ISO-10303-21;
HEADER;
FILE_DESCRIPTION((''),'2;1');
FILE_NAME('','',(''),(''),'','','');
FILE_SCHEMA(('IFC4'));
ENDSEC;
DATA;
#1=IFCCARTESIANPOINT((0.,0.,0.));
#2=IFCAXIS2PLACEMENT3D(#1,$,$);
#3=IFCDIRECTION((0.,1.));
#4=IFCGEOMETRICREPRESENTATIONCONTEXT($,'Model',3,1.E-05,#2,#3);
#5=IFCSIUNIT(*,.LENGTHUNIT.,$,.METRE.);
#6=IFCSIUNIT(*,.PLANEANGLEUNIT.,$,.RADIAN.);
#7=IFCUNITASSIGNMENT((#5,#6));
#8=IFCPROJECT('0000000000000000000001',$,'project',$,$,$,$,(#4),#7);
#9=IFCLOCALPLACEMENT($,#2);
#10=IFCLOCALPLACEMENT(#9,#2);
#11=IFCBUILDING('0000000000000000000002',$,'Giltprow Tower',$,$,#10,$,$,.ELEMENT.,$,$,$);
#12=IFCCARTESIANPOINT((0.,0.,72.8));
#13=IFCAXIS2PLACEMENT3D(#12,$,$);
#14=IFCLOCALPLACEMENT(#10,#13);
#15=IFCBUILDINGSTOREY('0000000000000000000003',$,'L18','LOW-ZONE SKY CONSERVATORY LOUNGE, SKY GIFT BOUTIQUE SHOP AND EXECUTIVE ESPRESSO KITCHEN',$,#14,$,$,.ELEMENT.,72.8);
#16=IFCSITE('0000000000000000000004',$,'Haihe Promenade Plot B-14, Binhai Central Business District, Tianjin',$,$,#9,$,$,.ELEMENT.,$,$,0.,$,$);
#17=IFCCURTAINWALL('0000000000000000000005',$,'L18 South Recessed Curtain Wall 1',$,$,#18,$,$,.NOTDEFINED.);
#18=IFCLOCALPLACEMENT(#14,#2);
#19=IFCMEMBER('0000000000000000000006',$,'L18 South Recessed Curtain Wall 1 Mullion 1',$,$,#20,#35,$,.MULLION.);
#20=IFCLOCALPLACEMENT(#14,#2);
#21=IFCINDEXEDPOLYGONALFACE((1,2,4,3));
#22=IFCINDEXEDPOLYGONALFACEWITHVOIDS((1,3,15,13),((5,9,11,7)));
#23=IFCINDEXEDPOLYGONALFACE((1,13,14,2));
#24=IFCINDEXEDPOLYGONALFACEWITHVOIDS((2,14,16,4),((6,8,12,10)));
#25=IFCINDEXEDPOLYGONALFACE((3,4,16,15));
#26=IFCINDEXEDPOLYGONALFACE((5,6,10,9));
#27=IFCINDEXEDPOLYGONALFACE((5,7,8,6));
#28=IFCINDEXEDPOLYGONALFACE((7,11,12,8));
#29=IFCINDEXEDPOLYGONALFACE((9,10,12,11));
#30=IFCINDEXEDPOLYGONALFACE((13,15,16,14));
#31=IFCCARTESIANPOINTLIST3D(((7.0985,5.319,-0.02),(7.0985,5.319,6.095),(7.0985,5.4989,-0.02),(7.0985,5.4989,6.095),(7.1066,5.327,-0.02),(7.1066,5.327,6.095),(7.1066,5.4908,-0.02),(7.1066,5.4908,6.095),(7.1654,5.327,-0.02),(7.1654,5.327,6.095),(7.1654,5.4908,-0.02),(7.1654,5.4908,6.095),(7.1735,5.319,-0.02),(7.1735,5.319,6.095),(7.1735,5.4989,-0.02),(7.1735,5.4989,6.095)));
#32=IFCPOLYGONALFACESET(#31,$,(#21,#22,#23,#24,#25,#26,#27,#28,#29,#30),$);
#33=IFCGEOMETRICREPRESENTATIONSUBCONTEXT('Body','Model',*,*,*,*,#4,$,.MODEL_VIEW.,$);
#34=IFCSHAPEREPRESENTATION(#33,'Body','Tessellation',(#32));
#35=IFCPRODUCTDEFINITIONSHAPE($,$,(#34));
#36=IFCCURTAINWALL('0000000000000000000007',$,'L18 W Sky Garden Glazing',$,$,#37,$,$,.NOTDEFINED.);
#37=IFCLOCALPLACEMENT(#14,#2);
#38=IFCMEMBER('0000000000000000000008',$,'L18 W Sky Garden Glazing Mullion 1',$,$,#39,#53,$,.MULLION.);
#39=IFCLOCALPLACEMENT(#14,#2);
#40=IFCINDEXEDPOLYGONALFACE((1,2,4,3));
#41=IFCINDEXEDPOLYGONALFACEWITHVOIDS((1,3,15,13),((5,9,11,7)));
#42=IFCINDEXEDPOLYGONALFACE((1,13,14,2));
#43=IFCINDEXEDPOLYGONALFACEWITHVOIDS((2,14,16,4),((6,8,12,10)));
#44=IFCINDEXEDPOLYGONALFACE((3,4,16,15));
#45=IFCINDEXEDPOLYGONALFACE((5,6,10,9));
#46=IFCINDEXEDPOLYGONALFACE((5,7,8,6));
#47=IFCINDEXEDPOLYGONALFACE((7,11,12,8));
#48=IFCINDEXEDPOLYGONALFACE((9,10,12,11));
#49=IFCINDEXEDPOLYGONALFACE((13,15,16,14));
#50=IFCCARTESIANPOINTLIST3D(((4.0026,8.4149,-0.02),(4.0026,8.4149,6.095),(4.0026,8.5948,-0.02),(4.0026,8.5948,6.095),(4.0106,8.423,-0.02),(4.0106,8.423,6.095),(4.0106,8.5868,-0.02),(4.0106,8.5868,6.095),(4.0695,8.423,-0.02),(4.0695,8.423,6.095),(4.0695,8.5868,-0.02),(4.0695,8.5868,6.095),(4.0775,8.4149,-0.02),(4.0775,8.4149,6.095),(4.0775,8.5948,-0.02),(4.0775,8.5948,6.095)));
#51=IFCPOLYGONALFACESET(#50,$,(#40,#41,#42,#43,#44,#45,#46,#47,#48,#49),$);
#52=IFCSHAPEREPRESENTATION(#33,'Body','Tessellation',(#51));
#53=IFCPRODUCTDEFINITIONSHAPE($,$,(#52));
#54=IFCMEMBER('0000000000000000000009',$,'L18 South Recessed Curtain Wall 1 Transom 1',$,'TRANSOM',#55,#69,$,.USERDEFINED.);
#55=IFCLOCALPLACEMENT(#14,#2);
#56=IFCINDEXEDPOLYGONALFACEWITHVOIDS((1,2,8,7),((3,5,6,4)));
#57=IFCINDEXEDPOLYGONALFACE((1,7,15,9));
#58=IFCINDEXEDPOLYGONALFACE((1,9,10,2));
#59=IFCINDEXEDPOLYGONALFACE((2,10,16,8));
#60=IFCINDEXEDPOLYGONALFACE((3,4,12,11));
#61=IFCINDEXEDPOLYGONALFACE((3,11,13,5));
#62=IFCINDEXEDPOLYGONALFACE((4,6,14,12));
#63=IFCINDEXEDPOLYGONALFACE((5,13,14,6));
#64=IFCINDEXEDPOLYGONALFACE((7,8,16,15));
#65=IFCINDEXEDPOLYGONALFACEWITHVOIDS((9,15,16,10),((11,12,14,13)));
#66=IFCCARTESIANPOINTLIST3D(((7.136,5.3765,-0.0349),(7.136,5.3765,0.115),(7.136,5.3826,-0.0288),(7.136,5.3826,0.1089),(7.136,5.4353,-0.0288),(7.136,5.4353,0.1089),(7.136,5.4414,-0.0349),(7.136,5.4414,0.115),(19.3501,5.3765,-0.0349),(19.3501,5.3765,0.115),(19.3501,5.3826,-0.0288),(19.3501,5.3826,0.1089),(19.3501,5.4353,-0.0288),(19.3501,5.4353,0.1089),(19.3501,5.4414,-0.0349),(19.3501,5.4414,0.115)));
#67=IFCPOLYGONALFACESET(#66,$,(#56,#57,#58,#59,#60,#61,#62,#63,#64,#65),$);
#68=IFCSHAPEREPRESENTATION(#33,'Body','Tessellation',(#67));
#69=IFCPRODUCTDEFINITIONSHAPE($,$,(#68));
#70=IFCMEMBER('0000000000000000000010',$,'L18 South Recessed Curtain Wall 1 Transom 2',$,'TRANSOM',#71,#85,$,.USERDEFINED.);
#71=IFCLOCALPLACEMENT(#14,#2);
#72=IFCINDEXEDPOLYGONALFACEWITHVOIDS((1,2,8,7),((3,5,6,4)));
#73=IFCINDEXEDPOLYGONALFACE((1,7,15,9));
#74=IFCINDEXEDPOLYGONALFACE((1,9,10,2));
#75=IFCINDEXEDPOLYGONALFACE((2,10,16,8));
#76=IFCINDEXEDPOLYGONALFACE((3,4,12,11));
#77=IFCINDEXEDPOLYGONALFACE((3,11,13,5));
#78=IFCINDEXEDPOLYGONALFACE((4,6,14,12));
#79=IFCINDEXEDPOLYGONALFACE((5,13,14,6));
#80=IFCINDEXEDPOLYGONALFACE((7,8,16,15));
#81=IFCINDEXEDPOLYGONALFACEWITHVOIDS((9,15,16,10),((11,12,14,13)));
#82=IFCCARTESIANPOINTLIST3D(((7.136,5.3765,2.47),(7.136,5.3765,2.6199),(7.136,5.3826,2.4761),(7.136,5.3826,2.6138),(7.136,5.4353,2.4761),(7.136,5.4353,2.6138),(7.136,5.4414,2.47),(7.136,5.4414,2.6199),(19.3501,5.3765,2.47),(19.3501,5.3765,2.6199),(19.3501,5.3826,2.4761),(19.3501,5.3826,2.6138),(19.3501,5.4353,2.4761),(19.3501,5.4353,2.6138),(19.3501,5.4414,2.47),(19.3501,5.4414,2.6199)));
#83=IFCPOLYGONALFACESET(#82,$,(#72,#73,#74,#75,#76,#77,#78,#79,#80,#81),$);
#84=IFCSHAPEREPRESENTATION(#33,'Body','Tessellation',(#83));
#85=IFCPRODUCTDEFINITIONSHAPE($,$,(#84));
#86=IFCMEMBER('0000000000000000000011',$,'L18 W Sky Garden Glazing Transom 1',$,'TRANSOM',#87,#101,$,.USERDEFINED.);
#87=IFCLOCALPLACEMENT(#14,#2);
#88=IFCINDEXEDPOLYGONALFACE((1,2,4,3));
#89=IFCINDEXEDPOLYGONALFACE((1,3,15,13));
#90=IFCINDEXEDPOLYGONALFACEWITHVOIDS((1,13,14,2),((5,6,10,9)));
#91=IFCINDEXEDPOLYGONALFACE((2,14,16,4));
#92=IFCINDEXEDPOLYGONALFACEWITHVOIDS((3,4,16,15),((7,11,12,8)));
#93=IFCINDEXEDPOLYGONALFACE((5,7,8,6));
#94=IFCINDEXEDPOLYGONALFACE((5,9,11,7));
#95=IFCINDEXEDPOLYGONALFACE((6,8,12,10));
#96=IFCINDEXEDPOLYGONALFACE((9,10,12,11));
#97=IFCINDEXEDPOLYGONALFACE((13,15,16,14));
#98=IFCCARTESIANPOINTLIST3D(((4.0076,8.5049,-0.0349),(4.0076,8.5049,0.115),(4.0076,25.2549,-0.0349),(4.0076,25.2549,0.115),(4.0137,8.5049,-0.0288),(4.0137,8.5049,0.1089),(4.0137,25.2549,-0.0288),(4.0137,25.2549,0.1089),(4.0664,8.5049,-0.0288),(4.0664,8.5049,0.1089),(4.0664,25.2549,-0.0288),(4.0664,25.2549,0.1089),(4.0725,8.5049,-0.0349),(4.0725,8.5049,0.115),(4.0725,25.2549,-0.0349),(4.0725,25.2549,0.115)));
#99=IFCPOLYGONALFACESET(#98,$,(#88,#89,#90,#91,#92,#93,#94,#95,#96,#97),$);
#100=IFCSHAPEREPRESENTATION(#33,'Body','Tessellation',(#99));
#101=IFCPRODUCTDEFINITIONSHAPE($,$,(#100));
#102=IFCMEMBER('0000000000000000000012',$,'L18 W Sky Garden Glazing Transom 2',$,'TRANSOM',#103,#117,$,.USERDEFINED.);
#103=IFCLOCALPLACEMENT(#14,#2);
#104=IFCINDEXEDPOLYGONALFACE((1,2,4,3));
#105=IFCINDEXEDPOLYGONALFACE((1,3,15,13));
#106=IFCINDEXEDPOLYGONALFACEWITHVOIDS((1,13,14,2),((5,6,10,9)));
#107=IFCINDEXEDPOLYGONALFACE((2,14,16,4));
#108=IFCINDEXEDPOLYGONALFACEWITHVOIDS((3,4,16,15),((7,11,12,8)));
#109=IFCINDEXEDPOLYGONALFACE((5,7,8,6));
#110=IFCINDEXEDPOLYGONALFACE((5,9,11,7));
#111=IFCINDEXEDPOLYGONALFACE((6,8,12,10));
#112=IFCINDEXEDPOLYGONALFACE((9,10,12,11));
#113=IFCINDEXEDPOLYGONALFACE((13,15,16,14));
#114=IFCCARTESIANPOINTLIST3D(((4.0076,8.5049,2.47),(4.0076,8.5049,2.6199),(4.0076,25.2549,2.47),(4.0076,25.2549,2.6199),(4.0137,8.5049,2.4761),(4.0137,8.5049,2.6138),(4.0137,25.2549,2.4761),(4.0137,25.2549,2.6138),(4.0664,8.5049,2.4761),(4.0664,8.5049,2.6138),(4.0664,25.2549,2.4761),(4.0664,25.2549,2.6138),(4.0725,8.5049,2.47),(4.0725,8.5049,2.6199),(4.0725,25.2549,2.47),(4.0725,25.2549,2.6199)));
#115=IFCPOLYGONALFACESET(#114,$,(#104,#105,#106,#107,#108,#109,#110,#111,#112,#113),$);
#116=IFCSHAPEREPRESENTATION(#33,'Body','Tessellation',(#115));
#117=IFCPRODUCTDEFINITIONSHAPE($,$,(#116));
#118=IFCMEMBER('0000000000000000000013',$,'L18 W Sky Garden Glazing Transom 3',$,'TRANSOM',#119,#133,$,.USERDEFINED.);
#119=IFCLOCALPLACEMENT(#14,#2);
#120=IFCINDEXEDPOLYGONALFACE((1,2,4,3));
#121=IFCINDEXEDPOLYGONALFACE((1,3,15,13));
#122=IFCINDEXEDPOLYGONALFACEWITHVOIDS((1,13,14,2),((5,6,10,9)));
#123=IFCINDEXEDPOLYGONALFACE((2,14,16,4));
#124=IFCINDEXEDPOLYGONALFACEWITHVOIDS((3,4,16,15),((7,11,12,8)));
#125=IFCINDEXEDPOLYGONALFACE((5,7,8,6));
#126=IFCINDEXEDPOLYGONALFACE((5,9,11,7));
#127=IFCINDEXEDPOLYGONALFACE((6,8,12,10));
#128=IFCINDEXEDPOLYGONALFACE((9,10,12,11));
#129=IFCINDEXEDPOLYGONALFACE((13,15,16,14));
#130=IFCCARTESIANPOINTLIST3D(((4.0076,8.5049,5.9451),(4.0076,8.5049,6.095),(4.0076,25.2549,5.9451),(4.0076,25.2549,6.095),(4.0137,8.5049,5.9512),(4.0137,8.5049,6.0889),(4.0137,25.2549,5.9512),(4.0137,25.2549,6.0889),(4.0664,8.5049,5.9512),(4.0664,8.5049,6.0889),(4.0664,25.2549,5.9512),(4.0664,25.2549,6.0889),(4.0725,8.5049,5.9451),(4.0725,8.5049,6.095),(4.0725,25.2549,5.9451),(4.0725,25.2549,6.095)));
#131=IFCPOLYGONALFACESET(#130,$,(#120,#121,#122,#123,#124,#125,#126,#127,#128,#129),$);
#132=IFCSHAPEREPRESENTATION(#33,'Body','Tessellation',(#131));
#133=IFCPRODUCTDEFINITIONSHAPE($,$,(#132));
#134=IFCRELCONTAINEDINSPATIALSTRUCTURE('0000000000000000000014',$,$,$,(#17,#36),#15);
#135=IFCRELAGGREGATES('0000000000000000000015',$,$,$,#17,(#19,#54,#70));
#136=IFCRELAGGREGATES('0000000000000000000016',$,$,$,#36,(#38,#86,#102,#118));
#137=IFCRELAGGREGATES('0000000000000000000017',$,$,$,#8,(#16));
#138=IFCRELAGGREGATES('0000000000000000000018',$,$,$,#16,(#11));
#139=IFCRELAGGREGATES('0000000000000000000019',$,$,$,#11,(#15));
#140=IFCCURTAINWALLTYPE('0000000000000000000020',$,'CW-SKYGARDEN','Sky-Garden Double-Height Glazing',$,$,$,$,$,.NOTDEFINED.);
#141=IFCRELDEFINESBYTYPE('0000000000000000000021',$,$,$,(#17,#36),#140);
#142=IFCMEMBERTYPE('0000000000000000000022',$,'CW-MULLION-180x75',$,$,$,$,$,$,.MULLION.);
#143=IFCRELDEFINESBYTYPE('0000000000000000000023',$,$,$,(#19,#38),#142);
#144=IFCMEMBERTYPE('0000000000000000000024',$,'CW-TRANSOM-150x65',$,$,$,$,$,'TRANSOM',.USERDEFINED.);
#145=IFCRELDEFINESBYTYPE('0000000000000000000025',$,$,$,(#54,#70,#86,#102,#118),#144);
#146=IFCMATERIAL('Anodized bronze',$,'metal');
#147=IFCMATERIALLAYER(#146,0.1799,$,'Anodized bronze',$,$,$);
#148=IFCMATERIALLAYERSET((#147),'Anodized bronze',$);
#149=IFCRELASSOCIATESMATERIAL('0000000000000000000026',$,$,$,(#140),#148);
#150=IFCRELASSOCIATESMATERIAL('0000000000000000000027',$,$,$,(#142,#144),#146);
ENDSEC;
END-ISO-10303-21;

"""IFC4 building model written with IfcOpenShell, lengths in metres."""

from ifc_helpers import new_model, si_unit, direction, frame, origin, origin_2d, place, context, subcontext, project, spatial, hollow_rectangle, extrude, source, transform, mapped, material, layer, layer_set, material_profile, profile_set, type_object, element, aggregate, save


model = new_model("IFC4")

# Units and contexts
model_context = context("Model", 3, precision=1e-05, world=origin(), true_north=direction((0.0, 1.0)))
body_context = subcontext(model_context, "Body", "Model", "MODEL_VIEW")
ifc_project = project(units=[si_unit("LENGTHUNIT", "METRE"), si_unit("PLANEANGLEUNIT", "RADIAN")], contexts=[model_context])

# Site, building, storey
site_placement = place(None, origin())
site = spatial("IfcSite", under=ifc_project, at=site_placement, Name="Haihe Promenade Plot B-14, Binhai Central Business District, Tianjin", CompositionType="ELEMENT", RefElevation=0.0)
building_placement = place(site_placement, origin())
building = spatial("IfcBuilding", under=site, at=building_placement, Name="Giltprow Tower", CompositionType="ELEMENT")
storey_placement = place(building_placement, frame((0.0, 0.0, 72.8)))
storey = spatial("IfcBuildingStorey", under=building, at=storey_placement, Name="L18", Description="LOW-ZONE SKY CONSERVATORY LOUNGE, SKY GIFT BOUTIQUE SHOP AND EXECUTIVE ESPRESSO KITCHEN", CompositionType="ELEMENT", Elevation=72.8)

# Curtain walls, members
ifc_material_1 = material(Name="Anodized bronze", Category="metal")
ifc_layer_1 = layer(ifc_material_1, 0.1799, Name="Anodized bronze")
ifc_layer_set_1 = layer_set([ifc_layer_1], Name="Anodized bronze")
curtain_wall_type = type_object("IfcCurtainWallType", Name="CW-SKYGARDEN", Description="Sky-Garden Double-Height Glazing", PredefinedType="NOTDEFINED", material=ifc_layer_set_1)
curtain_wall_1_placement = place(storey_placement, origin())
curtain_wall_1 = element("IfcCurtainWall", 1, at=curtain_wall_1_placement, inside=storey, type_object=curtain_wall_type, Name="L18 South Recessed Curtain Wall 1", PredefinedType="NOTDEFINED")
ifc_material_profile_1 = material_profile(ifc_material_1, hollow_rectangle(XDim=0.075, YDim=0.1799, WallThickness=0.0081, at=origin_2d()), Name="RHS 180x75x8")
ifc_profile_set_1 = profile_set([ifc_material_profile_1], Name="Anodized bronze")
member_type_1 = type_object("IfcMemberType", Name="CW-MULLION-180x75", PredefinedType="MULLION", material=ifc_profile_set_1)
shared_shape_1 = source(origin(), body_context, "Body", "SweptSolid", [
    extrude(hollow_rectangle(XDim=0.075, YDim=0.1799, WallThickness=0.0081, at=origin_2d()), origin(), (0.0, 0.0, 1.0), 6.115),
])
member_1_placement = place(storey_placement, frame((7.136, 5.4089, -0.02), z_axis=(0.0, 0.0, 1.0), x_axis=(1.0, 0.0, 0.0)))
member_1 = element("IfcMember", 2, at=member_1_placement, type_object=member_type_1, Name="L18 South Recessed Curtain Wall 1 Mullion 1", PredefinedType="MULLION", context=body_context, shape_type="MappedRepresentation", body=[
    mapped(shared_shape_1, transform((0.0, 0.0, 0.0), x_axis=(1.0, 0.0, 0.0), y_axis=(0.0, 1.0, 0.0), z_axis=(0.0, 0.0, 1.0), scale=1.0)),
])
curtain_wall_2_placement = place(storey_placement, origin())
curtain_wall_2 = element("IfcCurtainWall", 3, at=curtain_wall_2_placement, inside=storey, type_object=curtain_wall_type, Name="L18 W Sky Garden Glazing", PredefinedType="NOTDEFINED")
member_2_placement = place(storey_placement, frame((4.04, 8.5049, -0.02), z_axis=(0.0, 0.0, 1.0), x_axis=(1.0, 0.0, 0.0)))
member_2 = element("IfcMember", 4, at=member_2_placement, type_object=member_type_1, Name="L18 W Sky Garden Glazing Mullion 1", PredefinedType="MULLION", context=body_context, shape_type="MappedRepresentation", body=[
    mapped(shared_shape_1, transform((0.0, 0.0, 0.0), x_axis=(1.0, 0.0, 0.0), y_axis=(0.0, 1.0, 0.0), z_axis=(0.0, 0.0, 1.0), scale=1.0)),
])

# Members
ifc_material_profile_2 = material_profile(ifc_material_1, hollow_rectangle(XDim=0.0649, YDim=0.1499, WallThickness=0.0061, at=origin_2d()), Name="RHS 150x65x6")
ifc_profile_set_2 = profile_set([ifc_material_profile_2], Name="Anodized bronze")
member_type_2 = type_object("IfcMemberType", Name="CW-TRANSOM-150x65", ElementType="TRANSOM", PredefinedType="USERDEFINED", material=ifc_profile_set_2)
shared_shape_2 = source(origin(), body_context, "Body", "SweptSolid", [
    extrude(hollow_rectangle(XDim=0.0649, YDim=0.1499, WallThickness=0.0061, at=origin_2d()), origin(), (0.0, 0.0, 1.0), 12.2141),
])
member_3_placement = place(storey_placement, frame((7.136, 5.4089, 0.04), z_axis=(1.0, 0.0, 0.0), x_axis=(0.0, 1.0, 0.0)))
member_3 = element("IfcMember", 5, at=member_3_placement, type_object=member_type_2, Name="L18 South Recessed Curtain Wall 1 Transom 1", ObjectType="TRANSOM", PredefinedType="USERDEFINED", context=body_context, shape_type="MappedRepresentation", body=[
    mapped(shared_shape_2, transform((0.0, 0.0, 0.0), x_axis=(1.0, 0.0, 0.0), y_axis=(0.0, 1.0, 0.0), z_axis=(0.0, 0.0, 1.0), scale=1.0)),
])
member_4_placement = place(storey_placement, frame((7.136, 5.4089, 2.5449), z_axis=(1.0, 0.0, 0.0), x_axis=(0.0, 1.0, 0.0)))
member_4 = element("IfcMember", 6, at=member_4_placement, type_object=member_type_2, Name="L18 South Recessed Curtain Wall 1 Transom 2", ObjectType="TRANSOM", PredefinedType="USERDEFINED", context=body_context, shape_type="MappedRepresentation", body=[
    mapped(shared_shape_2, transform((0.0, 0.0, 0.0), x_axis=(1.0, 0.0, 0.0), y_axis=(0.0, 1.0, 0.0), z_axis=(0.0, 0.0, 1.0), scale=1.0)),
])
aggregate(curtain_wall_1, [member_1, member_3, member_4])
shared_shape_3 = source(origin(), body_context, "Body", "SweptSolid", [
    extrude(hollow_rectangle(XDim=0.0649, YDim=0.1499, WallThickness=0.0061, at=origin_2d()), origin(), (0.0, 0.0, 1.0), 16.75),
])
member_5_placement = place(storey_placement, frame((4.04, 8.5049, 0.04), z_axis=(0.0, 1.0, 0.0), x_axis=(-1.0, 0.0, 0.0)))
member_5 = element("IfcMember", 7, at=member_5_placement, type_object=member_type_2, Name="L18 W Sky Garden Glazing Transom 1", ObjectType="TRANSOM", PredefinedType="USERDEFINED", context=body_context, shape_type="MappedRepresentation", body=[
    mapped(shared_shape_3, transform((0.0, 0.0, 0.0), x_axis=(1.0, 0.0, 0.0), y_axis=(0.0, 1.0, 0.0), z_axis=(0.0, 0.0, 1.0), scale=1.0)),
])
member_6_placement = place(storey_placement, frame((4.04, 8.5049, 2.5449), z_axis=(0.0, 1.0, 0.0), x_axis=(-1.0, 0.0, 0.0)))
member_6 = element("IfcMember", 8, at=member_6_placement, type_object=member_type_2, Name="L18 W Sky Garden Glazing Transom 2", ObjectType="TRANSOM", PredefinedType="USERDEFINED", context=body_context, shape_type="MappedRepresentation", body=[
    mapped(shared_shape_3, transform((0.0, 0.0, 0.0), x_axis=(1.0, 0.0, 0.0), y_axis=(0.0, 1.0, 0.0), z_axis=(0.0, 0.0, 1.0), scale=1.0)),
])
member_7_placement = place(storey_placement, frame((4.04, 8.5049, 6.02), z_axis=(0.0, 1.0, 0.0), x_axis=(-1.0, 0.0, 0.0)))
member_7 = element("IfcMember", 9, at=member_7_placement, type_object=member_type_2, Name="L18 W Sky Garden Glazing Transom 3", ObjectType="TRANSOM", PredefinedType="USERDEFINED", context=body_context, shape_type="MappedRepresentation", body=[
    mapped(shared_shape_3, transform((0.0, 0.0, 0.0), x_axis=(1.0, 0.0, 0.0), y_axis=(0.0, 1.0, 0.0), z_axis=(0.0, 0.0, 1.0), scale=1.0)),
])
aggregate(curtain_wall_2, [member_2, member_5, member_6, member_7])

save(model, "model.ifc")
